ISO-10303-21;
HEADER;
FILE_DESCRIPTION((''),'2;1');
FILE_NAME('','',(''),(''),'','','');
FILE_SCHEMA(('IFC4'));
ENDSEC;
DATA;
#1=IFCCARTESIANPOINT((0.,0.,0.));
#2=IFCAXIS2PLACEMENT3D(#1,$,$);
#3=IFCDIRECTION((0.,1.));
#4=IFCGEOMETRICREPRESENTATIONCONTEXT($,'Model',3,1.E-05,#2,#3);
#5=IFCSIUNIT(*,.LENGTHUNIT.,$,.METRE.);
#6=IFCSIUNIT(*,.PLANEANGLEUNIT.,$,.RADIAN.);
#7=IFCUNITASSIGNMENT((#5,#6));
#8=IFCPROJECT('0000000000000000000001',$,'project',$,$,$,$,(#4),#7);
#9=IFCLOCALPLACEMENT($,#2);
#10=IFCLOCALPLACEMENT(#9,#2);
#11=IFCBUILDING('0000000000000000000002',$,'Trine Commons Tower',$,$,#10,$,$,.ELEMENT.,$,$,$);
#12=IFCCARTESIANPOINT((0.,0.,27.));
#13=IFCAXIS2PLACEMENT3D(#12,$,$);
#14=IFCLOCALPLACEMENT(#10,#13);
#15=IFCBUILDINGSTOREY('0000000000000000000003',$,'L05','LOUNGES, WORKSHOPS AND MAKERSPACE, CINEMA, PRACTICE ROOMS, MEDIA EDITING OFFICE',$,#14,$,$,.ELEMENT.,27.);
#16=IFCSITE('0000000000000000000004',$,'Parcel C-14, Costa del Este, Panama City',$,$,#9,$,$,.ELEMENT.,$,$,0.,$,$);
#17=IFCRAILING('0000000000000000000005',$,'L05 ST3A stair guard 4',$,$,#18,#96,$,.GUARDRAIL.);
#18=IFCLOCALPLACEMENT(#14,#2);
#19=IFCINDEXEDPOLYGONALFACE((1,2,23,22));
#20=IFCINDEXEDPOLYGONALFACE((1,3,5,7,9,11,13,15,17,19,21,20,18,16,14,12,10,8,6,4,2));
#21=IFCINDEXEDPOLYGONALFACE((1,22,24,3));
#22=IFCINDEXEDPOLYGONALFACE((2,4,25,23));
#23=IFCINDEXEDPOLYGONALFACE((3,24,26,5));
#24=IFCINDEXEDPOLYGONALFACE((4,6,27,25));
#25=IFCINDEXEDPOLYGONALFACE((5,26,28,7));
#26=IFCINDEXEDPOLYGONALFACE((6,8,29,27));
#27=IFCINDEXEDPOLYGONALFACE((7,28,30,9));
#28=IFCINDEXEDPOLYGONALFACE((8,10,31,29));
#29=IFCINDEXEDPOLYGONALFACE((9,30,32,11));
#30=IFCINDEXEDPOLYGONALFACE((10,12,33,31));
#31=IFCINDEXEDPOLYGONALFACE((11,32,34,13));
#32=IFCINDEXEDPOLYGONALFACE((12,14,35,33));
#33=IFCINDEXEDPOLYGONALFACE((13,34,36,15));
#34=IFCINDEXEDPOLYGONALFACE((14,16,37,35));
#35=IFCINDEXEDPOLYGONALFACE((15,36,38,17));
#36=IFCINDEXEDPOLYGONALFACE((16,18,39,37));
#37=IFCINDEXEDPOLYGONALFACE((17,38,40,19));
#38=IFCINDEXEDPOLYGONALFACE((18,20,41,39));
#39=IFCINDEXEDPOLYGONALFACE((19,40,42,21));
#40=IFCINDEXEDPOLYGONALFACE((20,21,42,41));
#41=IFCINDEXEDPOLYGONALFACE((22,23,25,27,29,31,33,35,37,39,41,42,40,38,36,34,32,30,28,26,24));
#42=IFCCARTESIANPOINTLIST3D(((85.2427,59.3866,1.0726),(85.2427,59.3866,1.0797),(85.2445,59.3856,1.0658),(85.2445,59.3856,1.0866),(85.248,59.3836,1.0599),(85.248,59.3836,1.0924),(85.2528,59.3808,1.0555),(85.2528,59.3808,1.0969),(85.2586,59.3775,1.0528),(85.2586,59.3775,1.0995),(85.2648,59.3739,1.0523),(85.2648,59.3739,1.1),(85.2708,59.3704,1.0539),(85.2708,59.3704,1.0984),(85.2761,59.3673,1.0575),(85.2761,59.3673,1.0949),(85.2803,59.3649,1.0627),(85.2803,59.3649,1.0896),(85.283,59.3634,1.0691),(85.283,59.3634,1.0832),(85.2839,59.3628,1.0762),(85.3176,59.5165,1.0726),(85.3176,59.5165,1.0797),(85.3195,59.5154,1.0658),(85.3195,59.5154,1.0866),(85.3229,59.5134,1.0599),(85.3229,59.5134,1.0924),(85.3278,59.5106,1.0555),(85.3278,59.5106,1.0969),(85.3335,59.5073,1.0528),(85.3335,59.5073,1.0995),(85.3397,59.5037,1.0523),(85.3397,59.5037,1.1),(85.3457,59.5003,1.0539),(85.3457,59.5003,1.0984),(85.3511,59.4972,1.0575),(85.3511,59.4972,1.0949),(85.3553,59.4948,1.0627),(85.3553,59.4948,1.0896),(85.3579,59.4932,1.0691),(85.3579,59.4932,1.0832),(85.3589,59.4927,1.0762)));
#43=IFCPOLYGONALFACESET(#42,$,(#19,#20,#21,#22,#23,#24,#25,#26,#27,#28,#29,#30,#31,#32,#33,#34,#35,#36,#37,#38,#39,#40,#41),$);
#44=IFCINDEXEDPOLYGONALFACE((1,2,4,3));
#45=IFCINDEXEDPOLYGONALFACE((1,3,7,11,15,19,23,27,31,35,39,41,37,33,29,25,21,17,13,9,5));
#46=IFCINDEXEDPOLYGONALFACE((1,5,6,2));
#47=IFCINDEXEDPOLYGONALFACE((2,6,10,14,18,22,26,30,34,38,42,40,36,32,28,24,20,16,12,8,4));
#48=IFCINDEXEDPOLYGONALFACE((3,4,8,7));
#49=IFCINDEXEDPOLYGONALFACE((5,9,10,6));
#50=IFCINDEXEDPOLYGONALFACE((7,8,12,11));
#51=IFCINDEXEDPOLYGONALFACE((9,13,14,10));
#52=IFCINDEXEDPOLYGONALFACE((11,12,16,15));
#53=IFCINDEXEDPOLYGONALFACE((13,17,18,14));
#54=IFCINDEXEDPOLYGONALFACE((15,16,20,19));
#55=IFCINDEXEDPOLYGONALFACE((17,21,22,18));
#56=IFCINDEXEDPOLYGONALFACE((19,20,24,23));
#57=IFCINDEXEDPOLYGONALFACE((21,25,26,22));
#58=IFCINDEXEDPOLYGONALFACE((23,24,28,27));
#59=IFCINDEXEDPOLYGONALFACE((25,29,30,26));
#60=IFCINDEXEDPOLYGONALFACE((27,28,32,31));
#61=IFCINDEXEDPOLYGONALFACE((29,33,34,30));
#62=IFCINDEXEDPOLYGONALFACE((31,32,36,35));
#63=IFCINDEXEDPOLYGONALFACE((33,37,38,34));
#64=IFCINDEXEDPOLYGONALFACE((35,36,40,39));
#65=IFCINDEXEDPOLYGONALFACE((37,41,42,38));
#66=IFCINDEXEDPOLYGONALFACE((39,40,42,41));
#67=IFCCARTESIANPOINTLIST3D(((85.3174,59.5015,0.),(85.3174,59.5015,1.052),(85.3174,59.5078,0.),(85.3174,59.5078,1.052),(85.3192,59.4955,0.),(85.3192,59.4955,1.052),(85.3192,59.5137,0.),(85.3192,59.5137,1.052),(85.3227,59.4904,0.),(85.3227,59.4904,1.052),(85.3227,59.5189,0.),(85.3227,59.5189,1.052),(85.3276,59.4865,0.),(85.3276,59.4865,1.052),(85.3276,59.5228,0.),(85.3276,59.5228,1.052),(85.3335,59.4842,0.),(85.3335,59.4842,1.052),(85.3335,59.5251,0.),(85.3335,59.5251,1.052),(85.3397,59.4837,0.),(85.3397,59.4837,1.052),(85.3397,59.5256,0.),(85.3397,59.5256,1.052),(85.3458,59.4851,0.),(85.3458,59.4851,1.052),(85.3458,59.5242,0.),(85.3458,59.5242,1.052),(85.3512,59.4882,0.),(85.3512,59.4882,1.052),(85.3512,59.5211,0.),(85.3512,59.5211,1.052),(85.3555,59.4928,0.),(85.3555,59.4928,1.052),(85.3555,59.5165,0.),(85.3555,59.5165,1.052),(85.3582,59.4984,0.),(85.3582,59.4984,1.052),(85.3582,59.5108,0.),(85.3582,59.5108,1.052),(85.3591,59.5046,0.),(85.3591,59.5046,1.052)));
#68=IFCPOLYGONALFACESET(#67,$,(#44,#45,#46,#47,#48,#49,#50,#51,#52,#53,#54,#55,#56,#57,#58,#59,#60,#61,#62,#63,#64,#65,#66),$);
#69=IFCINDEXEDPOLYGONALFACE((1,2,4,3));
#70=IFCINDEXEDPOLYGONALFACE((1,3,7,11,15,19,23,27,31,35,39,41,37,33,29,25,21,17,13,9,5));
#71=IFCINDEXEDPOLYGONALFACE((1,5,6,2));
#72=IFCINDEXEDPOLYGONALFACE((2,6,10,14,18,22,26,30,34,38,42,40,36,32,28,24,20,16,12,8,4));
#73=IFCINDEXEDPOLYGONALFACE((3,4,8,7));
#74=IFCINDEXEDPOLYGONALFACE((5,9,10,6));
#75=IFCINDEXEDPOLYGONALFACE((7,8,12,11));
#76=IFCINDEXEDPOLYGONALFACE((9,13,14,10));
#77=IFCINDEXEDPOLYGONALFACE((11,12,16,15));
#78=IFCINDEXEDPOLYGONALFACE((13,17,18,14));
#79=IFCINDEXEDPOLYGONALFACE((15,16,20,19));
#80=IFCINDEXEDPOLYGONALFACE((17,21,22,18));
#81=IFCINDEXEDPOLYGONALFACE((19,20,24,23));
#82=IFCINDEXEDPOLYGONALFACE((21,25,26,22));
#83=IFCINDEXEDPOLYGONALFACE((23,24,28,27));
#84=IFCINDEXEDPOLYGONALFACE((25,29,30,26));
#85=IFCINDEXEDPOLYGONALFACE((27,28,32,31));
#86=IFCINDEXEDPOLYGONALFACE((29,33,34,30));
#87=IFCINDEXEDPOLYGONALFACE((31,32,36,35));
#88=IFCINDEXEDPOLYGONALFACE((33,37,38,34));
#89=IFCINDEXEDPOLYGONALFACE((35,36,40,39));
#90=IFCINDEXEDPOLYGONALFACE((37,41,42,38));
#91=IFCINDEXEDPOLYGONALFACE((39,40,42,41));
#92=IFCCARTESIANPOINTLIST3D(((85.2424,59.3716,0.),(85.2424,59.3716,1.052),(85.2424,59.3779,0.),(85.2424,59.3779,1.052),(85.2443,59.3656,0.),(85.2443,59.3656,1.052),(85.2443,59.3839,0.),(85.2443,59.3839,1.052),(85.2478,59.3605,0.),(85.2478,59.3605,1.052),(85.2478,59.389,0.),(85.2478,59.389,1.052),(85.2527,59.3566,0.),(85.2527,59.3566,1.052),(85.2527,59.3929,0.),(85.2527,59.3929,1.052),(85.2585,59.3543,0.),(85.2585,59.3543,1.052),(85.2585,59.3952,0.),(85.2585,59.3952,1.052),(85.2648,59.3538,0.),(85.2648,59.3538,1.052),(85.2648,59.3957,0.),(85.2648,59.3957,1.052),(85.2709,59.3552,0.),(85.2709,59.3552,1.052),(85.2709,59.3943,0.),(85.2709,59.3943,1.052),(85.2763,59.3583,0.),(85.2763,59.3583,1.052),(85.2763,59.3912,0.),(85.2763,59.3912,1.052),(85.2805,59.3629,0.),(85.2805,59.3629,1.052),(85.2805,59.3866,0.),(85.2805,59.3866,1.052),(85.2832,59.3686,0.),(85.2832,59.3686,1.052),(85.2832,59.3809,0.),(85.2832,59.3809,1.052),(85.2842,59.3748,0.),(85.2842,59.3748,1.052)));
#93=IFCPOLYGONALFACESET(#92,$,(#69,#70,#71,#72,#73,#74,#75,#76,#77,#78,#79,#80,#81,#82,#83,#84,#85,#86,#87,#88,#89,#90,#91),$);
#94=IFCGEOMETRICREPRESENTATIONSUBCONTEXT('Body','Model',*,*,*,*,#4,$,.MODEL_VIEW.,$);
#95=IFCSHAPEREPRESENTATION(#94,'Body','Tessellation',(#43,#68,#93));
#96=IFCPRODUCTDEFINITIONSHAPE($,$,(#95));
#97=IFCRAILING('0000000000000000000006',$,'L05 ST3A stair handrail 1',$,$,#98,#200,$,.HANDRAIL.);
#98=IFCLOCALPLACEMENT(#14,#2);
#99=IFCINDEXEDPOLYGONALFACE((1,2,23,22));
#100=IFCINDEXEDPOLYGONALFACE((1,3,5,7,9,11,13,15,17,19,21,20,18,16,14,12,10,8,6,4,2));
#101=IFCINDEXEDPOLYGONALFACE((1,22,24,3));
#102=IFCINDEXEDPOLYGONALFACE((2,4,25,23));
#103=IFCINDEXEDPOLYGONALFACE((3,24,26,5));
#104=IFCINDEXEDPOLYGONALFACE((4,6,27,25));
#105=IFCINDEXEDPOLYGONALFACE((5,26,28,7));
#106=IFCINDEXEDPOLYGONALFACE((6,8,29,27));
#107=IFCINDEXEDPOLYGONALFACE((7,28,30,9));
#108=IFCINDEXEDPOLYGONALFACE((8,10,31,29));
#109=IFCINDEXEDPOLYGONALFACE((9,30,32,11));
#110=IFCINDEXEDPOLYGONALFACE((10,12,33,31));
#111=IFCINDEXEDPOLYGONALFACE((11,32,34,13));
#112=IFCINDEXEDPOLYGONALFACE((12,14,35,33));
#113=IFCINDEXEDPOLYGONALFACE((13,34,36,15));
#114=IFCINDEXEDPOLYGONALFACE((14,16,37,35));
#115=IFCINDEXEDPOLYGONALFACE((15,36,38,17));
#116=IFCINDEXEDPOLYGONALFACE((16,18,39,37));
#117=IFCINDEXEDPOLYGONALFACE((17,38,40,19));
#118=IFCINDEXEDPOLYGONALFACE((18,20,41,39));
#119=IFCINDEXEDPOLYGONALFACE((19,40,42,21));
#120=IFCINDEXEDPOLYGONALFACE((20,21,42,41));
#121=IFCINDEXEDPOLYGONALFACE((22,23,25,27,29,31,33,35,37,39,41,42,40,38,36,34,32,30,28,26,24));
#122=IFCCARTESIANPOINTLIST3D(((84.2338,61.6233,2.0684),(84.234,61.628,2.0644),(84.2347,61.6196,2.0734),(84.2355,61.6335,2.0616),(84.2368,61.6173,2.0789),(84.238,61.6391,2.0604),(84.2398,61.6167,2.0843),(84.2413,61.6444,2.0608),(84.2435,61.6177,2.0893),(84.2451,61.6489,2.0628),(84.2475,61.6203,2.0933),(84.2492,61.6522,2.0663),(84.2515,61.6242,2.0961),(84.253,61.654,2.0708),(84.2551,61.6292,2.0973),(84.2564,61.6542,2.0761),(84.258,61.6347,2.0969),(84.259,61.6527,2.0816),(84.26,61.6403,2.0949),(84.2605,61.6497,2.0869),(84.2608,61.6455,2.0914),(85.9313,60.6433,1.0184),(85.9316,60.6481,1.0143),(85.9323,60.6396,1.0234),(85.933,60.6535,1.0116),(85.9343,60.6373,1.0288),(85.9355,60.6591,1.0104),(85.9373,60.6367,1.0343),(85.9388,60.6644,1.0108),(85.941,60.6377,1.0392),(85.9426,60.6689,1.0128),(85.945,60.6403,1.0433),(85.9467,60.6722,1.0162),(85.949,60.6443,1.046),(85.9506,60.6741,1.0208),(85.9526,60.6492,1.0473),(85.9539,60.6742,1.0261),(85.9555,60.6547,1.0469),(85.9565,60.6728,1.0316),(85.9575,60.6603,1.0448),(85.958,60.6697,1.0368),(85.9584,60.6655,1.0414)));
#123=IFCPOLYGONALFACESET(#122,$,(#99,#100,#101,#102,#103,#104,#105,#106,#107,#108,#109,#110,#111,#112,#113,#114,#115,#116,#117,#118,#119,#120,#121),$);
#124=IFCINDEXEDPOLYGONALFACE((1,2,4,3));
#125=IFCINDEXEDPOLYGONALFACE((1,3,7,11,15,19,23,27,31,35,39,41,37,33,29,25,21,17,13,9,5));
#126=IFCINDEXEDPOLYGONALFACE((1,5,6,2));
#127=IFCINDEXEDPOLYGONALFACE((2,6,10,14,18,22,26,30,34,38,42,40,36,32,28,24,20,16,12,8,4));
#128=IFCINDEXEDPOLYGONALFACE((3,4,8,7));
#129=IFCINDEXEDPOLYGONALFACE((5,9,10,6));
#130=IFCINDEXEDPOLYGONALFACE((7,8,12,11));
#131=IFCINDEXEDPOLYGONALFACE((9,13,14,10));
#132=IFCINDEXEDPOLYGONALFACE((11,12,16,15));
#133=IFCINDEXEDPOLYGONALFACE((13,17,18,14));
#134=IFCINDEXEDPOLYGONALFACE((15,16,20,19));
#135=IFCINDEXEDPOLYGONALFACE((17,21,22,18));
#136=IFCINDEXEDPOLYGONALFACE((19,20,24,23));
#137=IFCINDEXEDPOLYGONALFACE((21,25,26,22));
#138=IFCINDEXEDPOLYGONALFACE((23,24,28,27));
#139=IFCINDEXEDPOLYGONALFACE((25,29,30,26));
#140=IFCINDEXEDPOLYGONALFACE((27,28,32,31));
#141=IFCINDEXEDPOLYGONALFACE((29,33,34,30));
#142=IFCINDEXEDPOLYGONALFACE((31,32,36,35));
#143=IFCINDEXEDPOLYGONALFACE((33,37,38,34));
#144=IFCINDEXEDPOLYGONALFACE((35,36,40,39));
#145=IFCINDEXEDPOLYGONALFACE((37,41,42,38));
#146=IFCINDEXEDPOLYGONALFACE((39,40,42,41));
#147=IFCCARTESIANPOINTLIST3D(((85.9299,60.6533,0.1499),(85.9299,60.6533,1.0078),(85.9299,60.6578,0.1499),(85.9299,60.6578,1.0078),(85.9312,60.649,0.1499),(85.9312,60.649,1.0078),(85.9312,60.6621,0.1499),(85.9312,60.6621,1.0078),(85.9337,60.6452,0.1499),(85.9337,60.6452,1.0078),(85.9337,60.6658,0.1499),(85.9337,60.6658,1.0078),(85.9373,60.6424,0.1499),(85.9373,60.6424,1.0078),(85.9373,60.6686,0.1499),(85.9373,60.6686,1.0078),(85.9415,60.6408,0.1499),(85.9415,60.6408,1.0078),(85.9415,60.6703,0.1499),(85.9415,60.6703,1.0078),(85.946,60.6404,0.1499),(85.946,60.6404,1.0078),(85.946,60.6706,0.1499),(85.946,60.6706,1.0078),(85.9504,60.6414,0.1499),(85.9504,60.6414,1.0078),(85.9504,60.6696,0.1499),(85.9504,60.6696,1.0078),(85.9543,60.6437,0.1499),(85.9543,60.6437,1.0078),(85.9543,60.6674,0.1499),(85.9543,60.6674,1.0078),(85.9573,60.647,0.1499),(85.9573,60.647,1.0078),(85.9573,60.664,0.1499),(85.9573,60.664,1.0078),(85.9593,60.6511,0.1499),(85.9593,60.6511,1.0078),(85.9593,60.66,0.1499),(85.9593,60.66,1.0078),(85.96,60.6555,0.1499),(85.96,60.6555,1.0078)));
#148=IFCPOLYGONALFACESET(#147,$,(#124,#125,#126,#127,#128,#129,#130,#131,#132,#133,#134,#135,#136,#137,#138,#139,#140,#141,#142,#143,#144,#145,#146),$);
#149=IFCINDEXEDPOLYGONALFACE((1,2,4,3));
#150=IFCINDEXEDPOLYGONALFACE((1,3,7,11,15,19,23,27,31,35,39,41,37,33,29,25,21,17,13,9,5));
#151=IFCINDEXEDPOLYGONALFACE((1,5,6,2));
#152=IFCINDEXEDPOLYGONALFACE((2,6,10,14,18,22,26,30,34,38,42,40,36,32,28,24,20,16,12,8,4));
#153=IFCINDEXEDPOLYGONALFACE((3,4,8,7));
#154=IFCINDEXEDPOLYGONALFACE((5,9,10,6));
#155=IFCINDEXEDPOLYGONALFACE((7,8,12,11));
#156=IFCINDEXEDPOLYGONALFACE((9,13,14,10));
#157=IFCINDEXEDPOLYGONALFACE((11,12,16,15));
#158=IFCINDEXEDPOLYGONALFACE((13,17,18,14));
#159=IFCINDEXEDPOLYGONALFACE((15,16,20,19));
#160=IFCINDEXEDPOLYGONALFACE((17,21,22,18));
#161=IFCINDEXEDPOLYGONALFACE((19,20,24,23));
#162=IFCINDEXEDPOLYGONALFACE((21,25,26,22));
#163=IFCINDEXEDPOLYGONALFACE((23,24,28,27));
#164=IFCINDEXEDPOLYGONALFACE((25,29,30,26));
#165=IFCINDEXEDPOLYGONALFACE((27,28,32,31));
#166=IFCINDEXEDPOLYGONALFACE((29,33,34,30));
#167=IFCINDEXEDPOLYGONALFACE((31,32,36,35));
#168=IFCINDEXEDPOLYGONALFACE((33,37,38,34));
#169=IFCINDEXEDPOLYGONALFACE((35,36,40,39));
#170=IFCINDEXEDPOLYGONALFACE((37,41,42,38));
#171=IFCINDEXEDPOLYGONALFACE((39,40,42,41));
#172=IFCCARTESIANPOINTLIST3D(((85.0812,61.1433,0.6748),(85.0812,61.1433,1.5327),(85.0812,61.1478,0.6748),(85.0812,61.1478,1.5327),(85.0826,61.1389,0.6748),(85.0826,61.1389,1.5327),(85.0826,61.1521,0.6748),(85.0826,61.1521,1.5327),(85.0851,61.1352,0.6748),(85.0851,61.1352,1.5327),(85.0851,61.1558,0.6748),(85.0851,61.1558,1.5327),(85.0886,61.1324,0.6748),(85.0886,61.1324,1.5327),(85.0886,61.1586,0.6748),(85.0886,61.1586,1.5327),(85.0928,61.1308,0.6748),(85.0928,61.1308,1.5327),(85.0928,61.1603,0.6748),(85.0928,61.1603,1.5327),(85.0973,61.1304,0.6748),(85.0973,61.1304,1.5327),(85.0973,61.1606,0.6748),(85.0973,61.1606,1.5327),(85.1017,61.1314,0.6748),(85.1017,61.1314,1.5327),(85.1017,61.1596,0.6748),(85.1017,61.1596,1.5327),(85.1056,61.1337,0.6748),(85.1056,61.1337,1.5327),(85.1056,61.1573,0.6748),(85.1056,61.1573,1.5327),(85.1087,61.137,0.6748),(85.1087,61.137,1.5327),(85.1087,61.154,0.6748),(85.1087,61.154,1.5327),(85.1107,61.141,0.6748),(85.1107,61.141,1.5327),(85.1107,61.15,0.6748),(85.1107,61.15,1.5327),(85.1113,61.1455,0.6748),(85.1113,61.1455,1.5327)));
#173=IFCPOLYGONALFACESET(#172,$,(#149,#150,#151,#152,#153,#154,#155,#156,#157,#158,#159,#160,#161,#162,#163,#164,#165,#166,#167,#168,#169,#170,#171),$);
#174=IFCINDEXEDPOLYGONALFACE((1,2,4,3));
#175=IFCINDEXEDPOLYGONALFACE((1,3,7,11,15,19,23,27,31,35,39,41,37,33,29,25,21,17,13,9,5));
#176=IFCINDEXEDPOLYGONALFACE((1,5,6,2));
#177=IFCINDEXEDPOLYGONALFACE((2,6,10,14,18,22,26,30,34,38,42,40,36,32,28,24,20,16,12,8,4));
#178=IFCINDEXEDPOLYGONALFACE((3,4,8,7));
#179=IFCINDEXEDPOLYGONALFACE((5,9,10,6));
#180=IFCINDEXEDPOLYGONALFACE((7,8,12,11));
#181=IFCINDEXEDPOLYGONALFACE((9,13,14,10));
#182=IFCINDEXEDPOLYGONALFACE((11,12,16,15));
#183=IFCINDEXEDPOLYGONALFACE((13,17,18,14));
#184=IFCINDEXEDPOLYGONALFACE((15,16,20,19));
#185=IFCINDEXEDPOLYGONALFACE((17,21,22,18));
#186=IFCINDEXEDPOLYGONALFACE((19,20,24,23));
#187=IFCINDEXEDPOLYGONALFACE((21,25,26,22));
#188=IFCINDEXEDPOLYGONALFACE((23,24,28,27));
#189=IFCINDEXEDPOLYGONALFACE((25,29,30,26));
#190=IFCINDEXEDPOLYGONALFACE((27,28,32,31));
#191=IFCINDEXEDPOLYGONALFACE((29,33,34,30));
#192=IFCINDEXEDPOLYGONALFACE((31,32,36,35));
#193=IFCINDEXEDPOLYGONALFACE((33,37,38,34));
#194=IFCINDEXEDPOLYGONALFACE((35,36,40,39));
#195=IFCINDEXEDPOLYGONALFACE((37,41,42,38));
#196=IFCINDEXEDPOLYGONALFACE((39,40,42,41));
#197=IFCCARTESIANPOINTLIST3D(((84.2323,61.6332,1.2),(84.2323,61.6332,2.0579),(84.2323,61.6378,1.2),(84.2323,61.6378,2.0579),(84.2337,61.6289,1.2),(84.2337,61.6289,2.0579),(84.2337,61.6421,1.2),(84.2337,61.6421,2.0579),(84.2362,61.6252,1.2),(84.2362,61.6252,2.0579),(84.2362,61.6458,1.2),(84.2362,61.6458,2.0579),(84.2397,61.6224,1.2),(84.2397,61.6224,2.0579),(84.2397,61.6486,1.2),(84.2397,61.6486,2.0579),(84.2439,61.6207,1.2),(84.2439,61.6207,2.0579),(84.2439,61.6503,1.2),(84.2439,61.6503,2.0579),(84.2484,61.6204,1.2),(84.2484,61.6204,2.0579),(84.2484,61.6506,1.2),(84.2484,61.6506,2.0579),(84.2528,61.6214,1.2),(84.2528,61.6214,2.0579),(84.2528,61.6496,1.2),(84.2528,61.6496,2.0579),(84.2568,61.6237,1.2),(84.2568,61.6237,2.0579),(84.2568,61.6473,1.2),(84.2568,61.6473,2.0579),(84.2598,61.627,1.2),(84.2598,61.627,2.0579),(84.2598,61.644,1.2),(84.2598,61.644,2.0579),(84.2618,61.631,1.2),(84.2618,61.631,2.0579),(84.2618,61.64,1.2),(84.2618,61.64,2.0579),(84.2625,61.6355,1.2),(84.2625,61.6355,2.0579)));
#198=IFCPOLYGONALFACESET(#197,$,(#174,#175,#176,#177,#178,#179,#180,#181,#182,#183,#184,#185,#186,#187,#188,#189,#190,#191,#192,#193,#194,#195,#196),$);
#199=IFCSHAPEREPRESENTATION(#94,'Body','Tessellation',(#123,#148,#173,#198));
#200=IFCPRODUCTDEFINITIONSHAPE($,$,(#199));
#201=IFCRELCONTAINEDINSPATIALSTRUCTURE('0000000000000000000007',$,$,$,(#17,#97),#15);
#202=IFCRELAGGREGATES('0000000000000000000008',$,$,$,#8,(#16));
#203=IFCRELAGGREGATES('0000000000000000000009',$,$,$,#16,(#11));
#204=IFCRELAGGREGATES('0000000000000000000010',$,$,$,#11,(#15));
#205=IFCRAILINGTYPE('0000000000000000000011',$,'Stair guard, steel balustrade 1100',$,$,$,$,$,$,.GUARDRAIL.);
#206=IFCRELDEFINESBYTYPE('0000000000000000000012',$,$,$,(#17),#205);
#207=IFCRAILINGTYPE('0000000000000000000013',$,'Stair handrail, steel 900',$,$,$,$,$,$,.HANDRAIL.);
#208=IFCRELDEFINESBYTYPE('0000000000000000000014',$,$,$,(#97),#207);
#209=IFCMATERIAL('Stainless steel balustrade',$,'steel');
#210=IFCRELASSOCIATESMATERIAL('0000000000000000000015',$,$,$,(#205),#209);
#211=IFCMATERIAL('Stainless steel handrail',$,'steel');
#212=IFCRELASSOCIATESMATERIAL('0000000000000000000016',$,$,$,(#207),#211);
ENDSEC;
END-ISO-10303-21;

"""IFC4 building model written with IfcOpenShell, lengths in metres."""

from ifc_helpers import new_model, si_unit, direction, frame, origin, origin_2d, place, context, subcontext, project, spatial, circle, extrude, material, type_object, element, save


model = new_model("IFC4")

# Units and contexts
model_context = context("Model", 3, precision=1e-05, world=origin(), true_north=direction((0.0, 1.0)))
body_context = subcontext(model_context, "Body", "Model", "MODEL_VIEW")
ifc_project = project(units=[si_unit("LENGTHUNIT", "METRE"), si_unit("PLANEANGLEUNIT", "RADIAN")], contexts=[model_context])

# Site, building, storey
site_placement = place(None, origin())
site = spatial("IfcSite", under=ifc_project, at=site_placement, Name="Parcel C-14, Costa del Este, Panama City", CompositionType="ELEMENT", RefElevation=0.0)
building_placement = place(site_placement, origin())
building = spatial("IfcBuilding", under=site, at=building_placement, Name="Trine Commons Tower", CompositionType="ELEMENT")
storey_placement = place(building_placement, frame((0.0, 0.0, 27.0)))
storey = spatial("IfcBuildingStorey", under=building, at=storey_placement, Name="L05", Description="LOUNGES, WORKSHOPS AND MAKERSPACE, CINEMA, PRACTICE ROOMS, MEDIA EDITING OFFICE", CompositionType="ELEMENT", Elevation=27.0)

# Railings
ifc_material_1 = material(Name="Stainless steel balustrade", Category="steel")
railing_type_1 = type_object("IfcRailingType", Name="Stair guard, steel balustrade 1100", PredefinedType="GUARDRAIL", material=ifc_material_1)
railing_1_placement = place(storey_placement, frame((85.3381, 59.5046, 0.0)))
element("IfcRailing", 1, at=railing_1_placement, inside=storey, type_object=railing_type_1, Name="L05 ST3A stair guard 4", PredefinedType="GUARDRAIL", context=body_context, shape_type="SweptSolid", body=[
    extrude(circle(Radius=0.0239, at=origin_2d()), frame((0.0, 0.0, 1.0762), z_axis=(-0.499816, -0.866131, 0.0), x_axis=(0.866131, -0.499816, 0.0)), (0.0, 0.0, 1.0), 0.1499),
    extrude(circle(Radius=0.021, at=origin_2d()), origin(), (0.0, 0.0, 1.0), 1.052),
    extrude(circle(Radius=0.021, at=origin_2d()), frame((-0.075, -0.1299, 0.0)), (0.0, 0.0, 1.0), 1.052),
])
ifc_material_2 = material(Name="Stainless steel handrail", Category="steel")
railing_type_2 = type_object("IfcRailingType", Name="Stair handrail, steel 900", PredefinedType="HANDRAIL", material=ifc_material_2)
railing_2_placement = place(storey_placement, frame((85.9448, 60.6555, 0.1499)))
element("IfcRailing", 2, at=railing_2_placement, inside=storey, type_object=railing_type_2, Name="L05 ST3A stair handrail 1", PredefinedType="HANDRAIL", context=body_context, shape_type="SweptSolid", body=[
    extrude(circle(Radius=0.021, at=origin_2d()), frame((0.0, 0.0, 0.8789), z_axis=(-0.763398, 0.440713, 0.472224), x_axis=(-0.49997, -0.866042, 0.0)), (0.0, 0.0, 1.0), 2.2236),
    extrude(circle(Radius=0.0151, at=origin_2d()), origin(), (0.0, 0.0, 1.0), 0.8579),
    extrude(circle(Radius=0.0151, at=origin_2d()), frame((-0.8486, 0.49, 0.5249)), (0.0, 0.0, 1.0), 0.8579),
    extrude(circle(Radius=0.0151, at=origin_2d()), frame((-1.6975, 0.98, 1.05)), (0.0, 0.0, 1.0), 0.8579),
])

save(model, "model.ifc")
